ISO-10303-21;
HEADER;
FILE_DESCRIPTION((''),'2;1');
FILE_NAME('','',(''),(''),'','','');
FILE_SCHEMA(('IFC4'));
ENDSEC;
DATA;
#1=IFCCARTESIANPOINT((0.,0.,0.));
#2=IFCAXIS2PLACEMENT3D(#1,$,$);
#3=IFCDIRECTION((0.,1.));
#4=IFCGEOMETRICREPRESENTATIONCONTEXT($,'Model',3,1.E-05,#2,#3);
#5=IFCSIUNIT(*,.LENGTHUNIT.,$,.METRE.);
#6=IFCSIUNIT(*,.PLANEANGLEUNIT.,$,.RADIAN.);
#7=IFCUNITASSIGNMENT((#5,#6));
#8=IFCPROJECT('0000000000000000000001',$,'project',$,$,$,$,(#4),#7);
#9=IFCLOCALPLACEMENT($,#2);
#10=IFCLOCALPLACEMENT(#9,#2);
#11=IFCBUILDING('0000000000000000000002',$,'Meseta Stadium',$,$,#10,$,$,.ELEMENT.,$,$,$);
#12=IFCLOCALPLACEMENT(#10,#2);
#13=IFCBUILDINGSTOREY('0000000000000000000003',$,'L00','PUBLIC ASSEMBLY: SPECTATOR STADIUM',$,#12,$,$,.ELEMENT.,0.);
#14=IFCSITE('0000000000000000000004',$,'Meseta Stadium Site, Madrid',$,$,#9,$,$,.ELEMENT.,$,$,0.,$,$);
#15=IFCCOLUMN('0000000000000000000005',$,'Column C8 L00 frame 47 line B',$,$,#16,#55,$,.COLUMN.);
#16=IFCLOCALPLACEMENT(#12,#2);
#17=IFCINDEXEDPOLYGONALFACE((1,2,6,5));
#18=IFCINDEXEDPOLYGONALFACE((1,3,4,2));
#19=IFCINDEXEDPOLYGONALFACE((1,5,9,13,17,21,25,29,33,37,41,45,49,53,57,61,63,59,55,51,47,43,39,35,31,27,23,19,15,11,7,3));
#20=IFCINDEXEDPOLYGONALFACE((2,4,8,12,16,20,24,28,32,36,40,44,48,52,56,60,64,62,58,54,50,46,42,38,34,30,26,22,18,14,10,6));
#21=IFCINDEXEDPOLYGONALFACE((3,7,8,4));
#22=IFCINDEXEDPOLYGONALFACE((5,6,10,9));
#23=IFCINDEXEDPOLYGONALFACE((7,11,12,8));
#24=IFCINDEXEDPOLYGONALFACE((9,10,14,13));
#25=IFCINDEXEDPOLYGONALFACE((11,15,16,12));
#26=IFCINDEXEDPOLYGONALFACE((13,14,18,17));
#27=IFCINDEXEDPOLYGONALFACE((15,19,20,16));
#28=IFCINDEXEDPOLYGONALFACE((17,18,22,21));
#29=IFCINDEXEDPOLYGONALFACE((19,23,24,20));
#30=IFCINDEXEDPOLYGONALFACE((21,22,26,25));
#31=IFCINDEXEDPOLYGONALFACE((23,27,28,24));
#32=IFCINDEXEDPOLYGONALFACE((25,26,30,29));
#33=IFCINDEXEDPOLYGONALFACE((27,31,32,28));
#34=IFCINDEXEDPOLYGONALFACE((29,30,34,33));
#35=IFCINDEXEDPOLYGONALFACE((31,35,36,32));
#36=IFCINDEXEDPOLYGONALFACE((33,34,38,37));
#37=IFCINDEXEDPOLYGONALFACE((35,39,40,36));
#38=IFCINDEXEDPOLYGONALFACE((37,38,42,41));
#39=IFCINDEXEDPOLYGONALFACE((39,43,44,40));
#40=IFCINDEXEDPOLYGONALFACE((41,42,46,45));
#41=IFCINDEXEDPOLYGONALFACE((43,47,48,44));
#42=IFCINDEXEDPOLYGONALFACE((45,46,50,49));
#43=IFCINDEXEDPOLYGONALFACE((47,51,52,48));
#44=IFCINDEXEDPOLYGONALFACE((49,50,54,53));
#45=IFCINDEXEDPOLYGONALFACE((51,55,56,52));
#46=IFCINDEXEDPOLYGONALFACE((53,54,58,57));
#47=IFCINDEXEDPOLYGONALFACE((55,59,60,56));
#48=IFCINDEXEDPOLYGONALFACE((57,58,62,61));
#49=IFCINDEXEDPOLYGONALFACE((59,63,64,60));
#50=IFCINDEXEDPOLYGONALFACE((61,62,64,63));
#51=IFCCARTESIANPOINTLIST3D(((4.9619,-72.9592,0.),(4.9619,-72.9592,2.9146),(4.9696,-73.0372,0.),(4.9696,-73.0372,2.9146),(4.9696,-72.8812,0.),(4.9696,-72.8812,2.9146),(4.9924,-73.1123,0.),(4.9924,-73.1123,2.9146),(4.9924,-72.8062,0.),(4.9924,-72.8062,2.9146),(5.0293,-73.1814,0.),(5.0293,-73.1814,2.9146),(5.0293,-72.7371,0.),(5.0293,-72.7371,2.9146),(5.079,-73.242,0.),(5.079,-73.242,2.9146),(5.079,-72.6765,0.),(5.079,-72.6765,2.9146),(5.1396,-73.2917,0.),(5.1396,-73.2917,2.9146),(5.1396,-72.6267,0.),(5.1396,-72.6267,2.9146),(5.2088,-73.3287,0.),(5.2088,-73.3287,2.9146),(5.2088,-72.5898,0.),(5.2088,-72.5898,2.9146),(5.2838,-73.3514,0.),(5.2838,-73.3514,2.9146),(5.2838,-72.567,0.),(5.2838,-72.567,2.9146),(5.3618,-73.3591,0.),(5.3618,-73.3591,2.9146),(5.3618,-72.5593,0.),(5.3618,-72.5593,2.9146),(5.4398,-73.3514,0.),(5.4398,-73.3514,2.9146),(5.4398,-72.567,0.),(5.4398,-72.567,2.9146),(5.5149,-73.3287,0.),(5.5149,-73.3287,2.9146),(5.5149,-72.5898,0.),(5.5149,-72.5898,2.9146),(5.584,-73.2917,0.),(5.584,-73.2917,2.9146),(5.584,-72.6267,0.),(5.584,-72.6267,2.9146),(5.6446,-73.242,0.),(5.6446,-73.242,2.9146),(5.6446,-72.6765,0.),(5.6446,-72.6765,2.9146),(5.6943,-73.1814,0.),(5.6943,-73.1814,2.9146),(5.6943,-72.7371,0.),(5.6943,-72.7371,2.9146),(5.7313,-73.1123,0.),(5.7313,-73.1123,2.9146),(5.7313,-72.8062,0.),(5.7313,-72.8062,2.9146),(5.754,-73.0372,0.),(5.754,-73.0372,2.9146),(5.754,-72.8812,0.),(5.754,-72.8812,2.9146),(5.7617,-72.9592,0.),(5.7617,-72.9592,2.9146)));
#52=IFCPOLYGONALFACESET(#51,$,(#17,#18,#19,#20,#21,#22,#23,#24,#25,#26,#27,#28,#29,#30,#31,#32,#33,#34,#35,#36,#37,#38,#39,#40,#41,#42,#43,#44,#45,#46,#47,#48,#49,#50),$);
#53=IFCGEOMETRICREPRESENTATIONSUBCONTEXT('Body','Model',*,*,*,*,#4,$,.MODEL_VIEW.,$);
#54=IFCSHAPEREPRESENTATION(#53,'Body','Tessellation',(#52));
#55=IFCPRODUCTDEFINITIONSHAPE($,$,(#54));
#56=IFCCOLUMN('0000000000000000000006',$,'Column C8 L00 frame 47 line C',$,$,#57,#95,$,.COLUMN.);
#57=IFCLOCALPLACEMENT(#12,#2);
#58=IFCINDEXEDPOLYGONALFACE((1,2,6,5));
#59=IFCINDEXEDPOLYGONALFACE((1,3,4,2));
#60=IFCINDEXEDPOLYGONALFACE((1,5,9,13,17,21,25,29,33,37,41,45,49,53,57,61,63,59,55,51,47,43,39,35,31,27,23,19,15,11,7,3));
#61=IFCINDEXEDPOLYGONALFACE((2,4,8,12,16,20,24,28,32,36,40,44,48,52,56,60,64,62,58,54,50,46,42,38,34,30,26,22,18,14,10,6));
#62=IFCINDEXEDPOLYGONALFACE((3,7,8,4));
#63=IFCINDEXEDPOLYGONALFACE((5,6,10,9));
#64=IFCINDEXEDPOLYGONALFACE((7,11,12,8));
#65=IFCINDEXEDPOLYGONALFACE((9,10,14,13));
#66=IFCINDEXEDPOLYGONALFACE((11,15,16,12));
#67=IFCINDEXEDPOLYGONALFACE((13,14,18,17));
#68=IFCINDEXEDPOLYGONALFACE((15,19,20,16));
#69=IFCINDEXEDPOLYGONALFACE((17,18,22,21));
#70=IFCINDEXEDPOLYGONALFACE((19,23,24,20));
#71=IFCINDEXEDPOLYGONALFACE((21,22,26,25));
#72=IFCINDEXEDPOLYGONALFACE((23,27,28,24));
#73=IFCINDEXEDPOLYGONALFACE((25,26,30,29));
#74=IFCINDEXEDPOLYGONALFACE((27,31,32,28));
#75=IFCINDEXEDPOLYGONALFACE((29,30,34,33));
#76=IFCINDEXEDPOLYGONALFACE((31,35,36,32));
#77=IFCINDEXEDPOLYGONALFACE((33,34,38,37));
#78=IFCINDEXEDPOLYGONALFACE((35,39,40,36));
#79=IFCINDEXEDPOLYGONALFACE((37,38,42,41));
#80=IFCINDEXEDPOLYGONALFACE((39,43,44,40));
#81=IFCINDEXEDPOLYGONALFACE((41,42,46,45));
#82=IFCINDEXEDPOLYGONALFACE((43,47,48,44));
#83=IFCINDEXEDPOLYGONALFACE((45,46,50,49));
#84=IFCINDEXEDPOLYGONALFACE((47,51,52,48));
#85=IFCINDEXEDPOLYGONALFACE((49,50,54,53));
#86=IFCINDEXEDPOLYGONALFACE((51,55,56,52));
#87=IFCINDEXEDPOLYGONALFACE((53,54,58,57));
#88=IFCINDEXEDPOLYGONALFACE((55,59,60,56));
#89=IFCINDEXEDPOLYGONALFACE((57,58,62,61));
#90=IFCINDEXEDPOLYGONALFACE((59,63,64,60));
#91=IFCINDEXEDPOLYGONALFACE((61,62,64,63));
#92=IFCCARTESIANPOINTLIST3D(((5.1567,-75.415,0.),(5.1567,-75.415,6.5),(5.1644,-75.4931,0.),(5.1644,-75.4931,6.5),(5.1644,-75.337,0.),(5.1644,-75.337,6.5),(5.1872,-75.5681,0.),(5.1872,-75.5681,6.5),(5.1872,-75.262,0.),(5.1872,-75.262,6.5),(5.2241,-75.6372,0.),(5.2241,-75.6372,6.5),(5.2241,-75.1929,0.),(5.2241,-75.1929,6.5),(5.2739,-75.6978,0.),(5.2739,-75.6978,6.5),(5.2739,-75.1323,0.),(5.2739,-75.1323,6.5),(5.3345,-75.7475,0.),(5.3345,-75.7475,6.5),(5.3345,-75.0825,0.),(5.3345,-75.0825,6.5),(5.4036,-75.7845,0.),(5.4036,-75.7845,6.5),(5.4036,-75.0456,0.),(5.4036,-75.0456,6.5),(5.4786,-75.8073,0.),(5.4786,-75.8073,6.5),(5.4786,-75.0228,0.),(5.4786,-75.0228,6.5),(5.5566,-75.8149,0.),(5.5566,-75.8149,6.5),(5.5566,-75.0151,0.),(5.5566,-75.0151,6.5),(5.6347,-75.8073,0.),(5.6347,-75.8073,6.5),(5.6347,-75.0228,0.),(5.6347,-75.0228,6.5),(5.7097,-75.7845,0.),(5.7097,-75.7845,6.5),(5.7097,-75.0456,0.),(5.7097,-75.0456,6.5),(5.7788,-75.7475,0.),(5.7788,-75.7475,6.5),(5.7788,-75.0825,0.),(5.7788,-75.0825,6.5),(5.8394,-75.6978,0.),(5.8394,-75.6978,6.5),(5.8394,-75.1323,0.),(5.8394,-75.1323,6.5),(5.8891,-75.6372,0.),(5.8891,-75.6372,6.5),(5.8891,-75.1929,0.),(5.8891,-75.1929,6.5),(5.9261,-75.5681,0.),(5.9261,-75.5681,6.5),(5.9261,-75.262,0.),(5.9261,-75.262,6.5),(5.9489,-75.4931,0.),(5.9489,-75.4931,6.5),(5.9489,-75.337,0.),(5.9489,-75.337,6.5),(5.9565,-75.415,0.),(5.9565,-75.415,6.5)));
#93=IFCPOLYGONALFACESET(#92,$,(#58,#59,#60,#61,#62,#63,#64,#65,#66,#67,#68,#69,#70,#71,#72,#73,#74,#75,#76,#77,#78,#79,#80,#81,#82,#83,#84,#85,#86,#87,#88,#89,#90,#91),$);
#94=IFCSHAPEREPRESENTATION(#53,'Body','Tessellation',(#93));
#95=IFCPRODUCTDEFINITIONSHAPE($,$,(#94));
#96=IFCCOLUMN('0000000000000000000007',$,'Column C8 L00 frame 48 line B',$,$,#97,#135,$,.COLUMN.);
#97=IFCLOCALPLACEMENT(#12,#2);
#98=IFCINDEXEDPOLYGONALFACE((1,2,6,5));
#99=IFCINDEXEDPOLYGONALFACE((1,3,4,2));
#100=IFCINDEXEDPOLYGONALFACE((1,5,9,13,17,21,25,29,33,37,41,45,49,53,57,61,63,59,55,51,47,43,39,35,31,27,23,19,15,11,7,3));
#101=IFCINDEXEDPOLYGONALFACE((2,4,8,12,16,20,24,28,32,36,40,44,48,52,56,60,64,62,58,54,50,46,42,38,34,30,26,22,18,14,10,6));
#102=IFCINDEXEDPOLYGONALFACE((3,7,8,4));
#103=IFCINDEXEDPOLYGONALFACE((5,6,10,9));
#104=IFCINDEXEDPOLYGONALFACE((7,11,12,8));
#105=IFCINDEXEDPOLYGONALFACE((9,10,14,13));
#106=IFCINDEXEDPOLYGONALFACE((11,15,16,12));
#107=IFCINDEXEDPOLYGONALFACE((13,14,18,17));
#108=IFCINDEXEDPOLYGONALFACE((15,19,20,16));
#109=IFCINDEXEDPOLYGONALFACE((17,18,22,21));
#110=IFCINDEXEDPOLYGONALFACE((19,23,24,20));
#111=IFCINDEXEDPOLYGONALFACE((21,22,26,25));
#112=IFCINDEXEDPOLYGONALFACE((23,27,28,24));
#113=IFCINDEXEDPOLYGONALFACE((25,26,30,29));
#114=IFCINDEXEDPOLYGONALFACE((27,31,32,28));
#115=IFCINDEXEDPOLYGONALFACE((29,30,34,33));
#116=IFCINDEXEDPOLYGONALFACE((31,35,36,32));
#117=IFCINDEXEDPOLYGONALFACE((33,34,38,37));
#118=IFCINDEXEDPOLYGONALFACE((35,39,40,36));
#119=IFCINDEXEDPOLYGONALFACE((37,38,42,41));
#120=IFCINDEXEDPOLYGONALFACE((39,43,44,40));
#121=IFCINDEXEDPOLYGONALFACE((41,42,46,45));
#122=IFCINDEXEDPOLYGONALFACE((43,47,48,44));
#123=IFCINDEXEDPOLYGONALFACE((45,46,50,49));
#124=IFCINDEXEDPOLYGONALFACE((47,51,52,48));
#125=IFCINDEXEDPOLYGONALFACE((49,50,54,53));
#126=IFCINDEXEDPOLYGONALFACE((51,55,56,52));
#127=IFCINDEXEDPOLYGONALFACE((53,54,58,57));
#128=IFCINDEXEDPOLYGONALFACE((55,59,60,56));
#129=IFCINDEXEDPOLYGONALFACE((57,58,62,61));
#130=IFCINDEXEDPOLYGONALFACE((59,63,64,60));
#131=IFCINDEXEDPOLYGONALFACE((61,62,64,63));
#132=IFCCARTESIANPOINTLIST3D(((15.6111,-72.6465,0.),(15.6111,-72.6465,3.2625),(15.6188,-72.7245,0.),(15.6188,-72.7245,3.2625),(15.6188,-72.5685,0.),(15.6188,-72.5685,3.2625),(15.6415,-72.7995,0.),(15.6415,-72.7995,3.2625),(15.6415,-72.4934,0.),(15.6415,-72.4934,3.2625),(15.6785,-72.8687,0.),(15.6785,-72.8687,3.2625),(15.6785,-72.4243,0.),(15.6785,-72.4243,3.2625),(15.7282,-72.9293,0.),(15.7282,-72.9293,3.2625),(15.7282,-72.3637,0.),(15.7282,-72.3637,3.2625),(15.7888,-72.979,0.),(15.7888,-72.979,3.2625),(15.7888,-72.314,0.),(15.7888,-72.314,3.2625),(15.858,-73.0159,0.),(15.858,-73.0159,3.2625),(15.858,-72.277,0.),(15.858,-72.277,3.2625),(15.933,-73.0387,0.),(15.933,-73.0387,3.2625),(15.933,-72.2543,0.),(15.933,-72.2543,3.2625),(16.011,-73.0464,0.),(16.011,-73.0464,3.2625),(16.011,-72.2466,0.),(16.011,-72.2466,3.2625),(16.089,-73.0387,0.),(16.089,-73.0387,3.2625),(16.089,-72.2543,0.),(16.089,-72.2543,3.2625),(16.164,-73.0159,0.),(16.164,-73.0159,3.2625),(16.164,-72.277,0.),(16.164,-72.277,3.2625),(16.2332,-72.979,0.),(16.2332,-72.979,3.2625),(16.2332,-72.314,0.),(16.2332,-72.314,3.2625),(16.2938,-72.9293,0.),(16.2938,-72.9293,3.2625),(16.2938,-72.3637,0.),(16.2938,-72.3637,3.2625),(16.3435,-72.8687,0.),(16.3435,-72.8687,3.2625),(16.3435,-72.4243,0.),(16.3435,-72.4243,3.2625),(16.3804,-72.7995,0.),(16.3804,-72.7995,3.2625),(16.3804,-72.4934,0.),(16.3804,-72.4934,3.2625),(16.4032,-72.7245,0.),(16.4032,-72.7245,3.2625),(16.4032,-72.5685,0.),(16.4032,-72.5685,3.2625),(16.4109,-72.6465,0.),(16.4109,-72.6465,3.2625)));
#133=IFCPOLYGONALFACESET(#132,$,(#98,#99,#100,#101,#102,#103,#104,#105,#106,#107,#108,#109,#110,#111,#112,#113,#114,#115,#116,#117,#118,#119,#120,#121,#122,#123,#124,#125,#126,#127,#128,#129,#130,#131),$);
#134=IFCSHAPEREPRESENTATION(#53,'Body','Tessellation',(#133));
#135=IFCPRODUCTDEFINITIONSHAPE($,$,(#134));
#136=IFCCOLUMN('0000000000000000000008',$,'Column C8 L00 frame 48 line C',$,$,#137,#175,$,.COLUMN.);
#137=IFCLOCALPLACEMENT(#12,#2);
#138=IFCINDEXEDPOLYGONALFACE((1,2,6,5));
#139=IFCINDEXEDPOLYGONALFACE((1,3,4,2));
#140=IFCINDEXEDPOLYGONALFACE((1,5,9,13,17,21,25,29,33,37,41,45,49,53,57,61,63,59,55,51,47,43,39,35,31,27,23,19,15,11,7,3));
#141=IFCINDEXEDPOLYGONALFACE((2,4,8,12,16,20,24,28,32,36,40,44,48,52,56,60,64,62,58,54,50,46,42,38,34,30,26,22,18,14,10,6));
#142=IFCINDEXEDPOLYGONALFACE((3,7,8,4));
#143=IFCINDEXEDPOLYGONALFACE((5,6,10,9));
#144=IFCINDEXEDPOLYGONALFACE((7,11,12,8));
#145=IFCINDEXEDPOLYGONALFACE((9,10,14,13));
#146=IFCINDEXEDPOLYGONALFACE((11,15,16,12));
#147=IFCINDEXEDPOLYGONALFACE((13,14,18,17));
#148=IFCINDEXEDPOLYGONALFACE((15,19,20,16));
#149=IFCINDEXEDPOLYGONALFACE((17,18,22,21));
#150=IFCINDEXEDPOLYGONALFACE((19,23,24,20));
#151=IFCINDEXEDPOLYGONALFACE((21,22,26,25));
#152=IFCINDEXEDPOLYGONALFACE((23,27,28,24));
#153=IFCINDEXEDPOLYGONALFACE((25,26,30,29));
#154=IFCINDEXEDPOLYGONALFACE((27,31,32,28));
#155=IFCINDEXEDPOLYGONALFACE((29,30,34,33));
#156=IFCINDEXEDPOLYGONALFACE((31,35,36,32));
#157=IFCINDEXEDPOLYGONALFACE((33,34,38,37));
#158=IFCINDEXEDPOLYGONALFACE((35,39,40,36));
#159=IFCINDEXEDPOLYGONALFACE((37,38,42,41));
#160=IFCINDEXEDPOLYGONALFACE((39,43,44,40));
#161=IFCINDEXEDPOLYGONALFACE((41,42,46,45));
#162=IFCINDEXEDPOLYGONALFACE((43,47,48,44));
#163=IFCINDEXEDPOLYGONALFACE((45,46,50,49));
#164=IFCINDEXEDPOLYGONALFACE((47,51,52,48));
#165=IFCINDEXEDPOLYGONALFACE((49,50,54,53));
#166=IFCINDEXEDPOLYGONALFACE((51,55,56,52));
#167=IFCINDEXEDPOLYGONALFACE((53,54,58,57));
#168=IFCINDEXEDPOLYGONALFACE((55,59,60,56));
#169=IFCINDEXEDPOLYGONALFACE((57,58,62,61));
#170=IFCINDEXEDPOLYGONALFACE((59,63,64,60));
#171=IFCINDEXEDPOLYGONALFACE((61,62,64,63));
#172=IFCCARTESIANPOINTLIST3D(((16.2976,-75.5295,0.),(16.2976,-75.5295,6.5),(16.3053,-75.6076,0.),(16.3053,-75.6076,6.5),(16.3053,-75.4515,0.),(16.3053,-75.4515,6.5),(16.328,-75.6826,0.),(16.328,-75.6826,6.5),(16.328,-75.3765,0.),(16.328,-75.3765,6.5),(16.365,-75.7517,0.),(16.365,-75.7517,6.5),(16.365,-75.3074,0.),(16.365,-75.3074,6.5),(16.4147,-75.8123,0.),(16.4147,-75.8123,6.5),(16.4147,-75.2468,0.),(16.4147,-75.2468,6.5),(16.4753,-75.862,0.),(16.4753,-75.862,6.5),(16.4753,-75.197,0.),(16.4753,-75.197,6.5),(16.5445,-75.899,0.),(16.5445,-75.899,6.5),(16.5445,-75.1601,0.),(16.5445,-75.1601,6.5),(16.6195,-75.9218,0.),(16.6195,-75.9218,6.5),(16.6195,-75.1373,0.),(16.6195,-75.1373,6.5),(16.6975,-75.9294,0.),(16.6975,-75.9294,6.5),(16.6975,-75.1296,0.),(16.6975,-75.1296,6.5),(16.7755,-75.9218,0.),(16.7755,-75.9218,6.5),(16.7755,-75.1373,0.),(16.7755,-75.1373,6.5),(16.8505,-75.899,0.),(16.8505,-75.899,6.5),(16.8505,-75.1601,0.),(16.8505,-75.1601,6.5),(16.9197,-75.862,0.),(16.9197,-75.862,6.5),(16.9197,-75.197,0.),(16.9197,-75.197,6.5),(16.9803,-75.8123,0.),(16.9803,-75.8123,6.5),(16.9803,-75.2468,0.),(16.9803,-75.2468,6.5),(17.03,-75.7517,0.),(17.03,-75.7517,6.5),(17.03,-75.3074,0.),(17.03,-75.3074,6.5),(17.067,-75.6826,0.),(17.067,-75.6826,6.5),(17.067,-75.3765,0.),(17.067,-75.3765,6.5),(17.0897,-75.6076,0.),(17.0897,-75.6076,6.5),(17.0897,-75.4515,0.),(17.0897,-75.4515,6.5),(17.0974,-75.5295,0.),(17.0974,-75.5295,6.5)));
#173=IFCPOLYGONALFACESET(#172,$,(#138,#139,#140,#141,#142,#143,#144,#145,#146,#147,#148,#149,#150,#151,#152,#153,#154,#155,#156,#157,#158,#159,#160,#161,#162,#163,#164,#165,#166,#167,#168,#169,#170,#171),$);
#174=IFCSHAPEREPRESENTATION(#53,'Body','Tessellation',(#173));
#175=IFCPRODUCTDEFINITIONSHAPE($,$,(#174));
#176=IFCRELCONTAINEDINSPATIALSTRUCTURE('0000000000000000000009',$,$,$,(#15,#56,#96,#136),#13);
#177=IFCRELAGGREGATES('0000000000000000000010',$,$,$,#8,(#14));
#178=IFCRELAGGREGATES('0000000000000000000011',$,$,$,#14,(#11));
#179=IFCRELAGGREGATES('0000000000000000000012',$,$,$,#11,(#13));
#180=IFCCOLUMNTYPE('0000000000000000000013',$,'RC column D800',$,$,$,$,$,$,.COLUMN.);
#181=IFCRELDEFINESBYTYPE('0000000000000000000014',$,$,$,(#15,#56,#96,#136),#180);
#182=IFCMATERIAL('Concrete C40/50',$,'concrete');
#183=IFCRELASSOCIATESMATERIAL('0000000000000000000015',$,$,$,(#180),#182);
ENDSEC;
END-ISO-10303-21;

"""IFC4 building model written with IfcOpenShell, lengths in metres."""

from ifc_helpers import new_model, si_unit, direction, frame, origin, origin_2d, place, context, subcontext, project, spatial, circle, extrude, material, material_profile, profile_set, type_object, element, save


model = new_model("IFC4")

# Units and contexts
model_context = context("Model", 3, precision=1e-05, world=origin(), true_north=direction((0.0, 1.0)))
body_context = subcontext(model_context, "Body", "Model", "MODEL_VIEW")
ifc_project = project(units=[si_unit("LENGTHUNIT", "METRE"), si_unit("PLANEANGLEUNIT", "RADIAN")], contexts=[model_context])

# Site, building, storey
site_placement = place(None, origin())
site = spatial("IfcSite", under=ifc_project, at=site_placement, Name="Meseta Stadium Site, Madrid", CompositionType="ELEMENT", RefElevation=0.0)
building_placement = place(site_placement, origin())
building = spatial("IfcBuilding", under=site, at=building_placement, Name="Meseta Stadium", CompositionType="ELEMENT")
storey_placement = place(building_placement, origin())
storey = spatial("IfcBuildingStorey", under=building, at=storey_placement, Name="L00", Description="PUBLIC ASSEMBLY: SPECTATOR STADIUM", CompositionType="ELEMENT", Elevation=0.0)

# Columns
ifc_material_1 = material(Name="Concrete C40/50", Category="concrete")
ifc_material_profile_1 = material_profile(ifc_material_1, circle(Radius=0.3999, at=origin_2d()), Name="RC D800")
ifc_profile_set_1 = profile_set([ifc_material_profile_1], Name="Concrete C40/50")
column_type_1 = type_object("IfcColumnType", Name="RC column D800", PredefinedType="COLUMN", material=ifc_profile_set_1)
column_1_placement = place(storey_placement, frame((5.3618, -72.9592, 0.0), z_axis=(0.0, 0.0, 1.0), x_axis=(1.0, 0.0, 0.0)))
element("IfcColumn", 1, at=column_1_placement, inside=storey, type_object=column_type_1, Name="Column C8 L00 frame 47 line B", PredefinedType="COLUMN", context=body_context, shape_type="SweptSolid", body=[
    extrude(circle(Radius=0.3999, at=origin_2d()), origin(), (0.0, 0.0, 1.0), 2.9146),
])
column_2_placement = place(storey_placement, frame((5.5566, -75.415, 0.0), z_axis=(0.0, 0.0, 1.0), x_axis=(1.0, 0.0, 0.0)))
element("IfcColumn", 2, at=column_2_placement, inside=storey, type_object=column_type_1, Name="Column C8 L00 frame 47 line C", PredefinedType="COLUMN", context=body_context, shape_type="SweptSolid", body=[
    extrude(circle(Radius=0.3999, at=origin_2d()), origin(), (0.0, 0.0, 1.0), 6.5),
])
column_3_placement = place(storey_placement, frame((16.011, -72.6465, 0.0), z_axis=(0.0, 0.0, 1.0), x_axis=(1.0, 0.0, 0.0)))
element("IfcColumn", 3, at=column_3_placement, inside=storey, type_object=column_type_1, Name="Column C8 L00 frame 48 line B", PredefinedType="COLUMN", context=body_context, shape_type="SweptSolid", body=[
    extrude(circle(Radius=0.3999, at=origin_2d()), origin(), (0.0, 0.0, 1.0), 3.2625),
])
column_4_placement = place(storey_placement, frame((16.6975, -75.5295, 0.0), z_axis=(0.0, 0.0, 1.0), x_axis=(1.0, 0.0, 0.0)))
element("IfcColumn", 4, at=column_4_placement, inside=storey, type_object=column_type_1, Name="Column C8 L00 frame 48 line C", PredefinedType="COLUMN", context=body_context, shape_type="SweptSolid", body=[
    extrude(circle(Radius=0.3999, at=origin_2d()), origin(), (0.0, 0.0, 1.0), 6.5),
])

save(model, "model.ifc")
